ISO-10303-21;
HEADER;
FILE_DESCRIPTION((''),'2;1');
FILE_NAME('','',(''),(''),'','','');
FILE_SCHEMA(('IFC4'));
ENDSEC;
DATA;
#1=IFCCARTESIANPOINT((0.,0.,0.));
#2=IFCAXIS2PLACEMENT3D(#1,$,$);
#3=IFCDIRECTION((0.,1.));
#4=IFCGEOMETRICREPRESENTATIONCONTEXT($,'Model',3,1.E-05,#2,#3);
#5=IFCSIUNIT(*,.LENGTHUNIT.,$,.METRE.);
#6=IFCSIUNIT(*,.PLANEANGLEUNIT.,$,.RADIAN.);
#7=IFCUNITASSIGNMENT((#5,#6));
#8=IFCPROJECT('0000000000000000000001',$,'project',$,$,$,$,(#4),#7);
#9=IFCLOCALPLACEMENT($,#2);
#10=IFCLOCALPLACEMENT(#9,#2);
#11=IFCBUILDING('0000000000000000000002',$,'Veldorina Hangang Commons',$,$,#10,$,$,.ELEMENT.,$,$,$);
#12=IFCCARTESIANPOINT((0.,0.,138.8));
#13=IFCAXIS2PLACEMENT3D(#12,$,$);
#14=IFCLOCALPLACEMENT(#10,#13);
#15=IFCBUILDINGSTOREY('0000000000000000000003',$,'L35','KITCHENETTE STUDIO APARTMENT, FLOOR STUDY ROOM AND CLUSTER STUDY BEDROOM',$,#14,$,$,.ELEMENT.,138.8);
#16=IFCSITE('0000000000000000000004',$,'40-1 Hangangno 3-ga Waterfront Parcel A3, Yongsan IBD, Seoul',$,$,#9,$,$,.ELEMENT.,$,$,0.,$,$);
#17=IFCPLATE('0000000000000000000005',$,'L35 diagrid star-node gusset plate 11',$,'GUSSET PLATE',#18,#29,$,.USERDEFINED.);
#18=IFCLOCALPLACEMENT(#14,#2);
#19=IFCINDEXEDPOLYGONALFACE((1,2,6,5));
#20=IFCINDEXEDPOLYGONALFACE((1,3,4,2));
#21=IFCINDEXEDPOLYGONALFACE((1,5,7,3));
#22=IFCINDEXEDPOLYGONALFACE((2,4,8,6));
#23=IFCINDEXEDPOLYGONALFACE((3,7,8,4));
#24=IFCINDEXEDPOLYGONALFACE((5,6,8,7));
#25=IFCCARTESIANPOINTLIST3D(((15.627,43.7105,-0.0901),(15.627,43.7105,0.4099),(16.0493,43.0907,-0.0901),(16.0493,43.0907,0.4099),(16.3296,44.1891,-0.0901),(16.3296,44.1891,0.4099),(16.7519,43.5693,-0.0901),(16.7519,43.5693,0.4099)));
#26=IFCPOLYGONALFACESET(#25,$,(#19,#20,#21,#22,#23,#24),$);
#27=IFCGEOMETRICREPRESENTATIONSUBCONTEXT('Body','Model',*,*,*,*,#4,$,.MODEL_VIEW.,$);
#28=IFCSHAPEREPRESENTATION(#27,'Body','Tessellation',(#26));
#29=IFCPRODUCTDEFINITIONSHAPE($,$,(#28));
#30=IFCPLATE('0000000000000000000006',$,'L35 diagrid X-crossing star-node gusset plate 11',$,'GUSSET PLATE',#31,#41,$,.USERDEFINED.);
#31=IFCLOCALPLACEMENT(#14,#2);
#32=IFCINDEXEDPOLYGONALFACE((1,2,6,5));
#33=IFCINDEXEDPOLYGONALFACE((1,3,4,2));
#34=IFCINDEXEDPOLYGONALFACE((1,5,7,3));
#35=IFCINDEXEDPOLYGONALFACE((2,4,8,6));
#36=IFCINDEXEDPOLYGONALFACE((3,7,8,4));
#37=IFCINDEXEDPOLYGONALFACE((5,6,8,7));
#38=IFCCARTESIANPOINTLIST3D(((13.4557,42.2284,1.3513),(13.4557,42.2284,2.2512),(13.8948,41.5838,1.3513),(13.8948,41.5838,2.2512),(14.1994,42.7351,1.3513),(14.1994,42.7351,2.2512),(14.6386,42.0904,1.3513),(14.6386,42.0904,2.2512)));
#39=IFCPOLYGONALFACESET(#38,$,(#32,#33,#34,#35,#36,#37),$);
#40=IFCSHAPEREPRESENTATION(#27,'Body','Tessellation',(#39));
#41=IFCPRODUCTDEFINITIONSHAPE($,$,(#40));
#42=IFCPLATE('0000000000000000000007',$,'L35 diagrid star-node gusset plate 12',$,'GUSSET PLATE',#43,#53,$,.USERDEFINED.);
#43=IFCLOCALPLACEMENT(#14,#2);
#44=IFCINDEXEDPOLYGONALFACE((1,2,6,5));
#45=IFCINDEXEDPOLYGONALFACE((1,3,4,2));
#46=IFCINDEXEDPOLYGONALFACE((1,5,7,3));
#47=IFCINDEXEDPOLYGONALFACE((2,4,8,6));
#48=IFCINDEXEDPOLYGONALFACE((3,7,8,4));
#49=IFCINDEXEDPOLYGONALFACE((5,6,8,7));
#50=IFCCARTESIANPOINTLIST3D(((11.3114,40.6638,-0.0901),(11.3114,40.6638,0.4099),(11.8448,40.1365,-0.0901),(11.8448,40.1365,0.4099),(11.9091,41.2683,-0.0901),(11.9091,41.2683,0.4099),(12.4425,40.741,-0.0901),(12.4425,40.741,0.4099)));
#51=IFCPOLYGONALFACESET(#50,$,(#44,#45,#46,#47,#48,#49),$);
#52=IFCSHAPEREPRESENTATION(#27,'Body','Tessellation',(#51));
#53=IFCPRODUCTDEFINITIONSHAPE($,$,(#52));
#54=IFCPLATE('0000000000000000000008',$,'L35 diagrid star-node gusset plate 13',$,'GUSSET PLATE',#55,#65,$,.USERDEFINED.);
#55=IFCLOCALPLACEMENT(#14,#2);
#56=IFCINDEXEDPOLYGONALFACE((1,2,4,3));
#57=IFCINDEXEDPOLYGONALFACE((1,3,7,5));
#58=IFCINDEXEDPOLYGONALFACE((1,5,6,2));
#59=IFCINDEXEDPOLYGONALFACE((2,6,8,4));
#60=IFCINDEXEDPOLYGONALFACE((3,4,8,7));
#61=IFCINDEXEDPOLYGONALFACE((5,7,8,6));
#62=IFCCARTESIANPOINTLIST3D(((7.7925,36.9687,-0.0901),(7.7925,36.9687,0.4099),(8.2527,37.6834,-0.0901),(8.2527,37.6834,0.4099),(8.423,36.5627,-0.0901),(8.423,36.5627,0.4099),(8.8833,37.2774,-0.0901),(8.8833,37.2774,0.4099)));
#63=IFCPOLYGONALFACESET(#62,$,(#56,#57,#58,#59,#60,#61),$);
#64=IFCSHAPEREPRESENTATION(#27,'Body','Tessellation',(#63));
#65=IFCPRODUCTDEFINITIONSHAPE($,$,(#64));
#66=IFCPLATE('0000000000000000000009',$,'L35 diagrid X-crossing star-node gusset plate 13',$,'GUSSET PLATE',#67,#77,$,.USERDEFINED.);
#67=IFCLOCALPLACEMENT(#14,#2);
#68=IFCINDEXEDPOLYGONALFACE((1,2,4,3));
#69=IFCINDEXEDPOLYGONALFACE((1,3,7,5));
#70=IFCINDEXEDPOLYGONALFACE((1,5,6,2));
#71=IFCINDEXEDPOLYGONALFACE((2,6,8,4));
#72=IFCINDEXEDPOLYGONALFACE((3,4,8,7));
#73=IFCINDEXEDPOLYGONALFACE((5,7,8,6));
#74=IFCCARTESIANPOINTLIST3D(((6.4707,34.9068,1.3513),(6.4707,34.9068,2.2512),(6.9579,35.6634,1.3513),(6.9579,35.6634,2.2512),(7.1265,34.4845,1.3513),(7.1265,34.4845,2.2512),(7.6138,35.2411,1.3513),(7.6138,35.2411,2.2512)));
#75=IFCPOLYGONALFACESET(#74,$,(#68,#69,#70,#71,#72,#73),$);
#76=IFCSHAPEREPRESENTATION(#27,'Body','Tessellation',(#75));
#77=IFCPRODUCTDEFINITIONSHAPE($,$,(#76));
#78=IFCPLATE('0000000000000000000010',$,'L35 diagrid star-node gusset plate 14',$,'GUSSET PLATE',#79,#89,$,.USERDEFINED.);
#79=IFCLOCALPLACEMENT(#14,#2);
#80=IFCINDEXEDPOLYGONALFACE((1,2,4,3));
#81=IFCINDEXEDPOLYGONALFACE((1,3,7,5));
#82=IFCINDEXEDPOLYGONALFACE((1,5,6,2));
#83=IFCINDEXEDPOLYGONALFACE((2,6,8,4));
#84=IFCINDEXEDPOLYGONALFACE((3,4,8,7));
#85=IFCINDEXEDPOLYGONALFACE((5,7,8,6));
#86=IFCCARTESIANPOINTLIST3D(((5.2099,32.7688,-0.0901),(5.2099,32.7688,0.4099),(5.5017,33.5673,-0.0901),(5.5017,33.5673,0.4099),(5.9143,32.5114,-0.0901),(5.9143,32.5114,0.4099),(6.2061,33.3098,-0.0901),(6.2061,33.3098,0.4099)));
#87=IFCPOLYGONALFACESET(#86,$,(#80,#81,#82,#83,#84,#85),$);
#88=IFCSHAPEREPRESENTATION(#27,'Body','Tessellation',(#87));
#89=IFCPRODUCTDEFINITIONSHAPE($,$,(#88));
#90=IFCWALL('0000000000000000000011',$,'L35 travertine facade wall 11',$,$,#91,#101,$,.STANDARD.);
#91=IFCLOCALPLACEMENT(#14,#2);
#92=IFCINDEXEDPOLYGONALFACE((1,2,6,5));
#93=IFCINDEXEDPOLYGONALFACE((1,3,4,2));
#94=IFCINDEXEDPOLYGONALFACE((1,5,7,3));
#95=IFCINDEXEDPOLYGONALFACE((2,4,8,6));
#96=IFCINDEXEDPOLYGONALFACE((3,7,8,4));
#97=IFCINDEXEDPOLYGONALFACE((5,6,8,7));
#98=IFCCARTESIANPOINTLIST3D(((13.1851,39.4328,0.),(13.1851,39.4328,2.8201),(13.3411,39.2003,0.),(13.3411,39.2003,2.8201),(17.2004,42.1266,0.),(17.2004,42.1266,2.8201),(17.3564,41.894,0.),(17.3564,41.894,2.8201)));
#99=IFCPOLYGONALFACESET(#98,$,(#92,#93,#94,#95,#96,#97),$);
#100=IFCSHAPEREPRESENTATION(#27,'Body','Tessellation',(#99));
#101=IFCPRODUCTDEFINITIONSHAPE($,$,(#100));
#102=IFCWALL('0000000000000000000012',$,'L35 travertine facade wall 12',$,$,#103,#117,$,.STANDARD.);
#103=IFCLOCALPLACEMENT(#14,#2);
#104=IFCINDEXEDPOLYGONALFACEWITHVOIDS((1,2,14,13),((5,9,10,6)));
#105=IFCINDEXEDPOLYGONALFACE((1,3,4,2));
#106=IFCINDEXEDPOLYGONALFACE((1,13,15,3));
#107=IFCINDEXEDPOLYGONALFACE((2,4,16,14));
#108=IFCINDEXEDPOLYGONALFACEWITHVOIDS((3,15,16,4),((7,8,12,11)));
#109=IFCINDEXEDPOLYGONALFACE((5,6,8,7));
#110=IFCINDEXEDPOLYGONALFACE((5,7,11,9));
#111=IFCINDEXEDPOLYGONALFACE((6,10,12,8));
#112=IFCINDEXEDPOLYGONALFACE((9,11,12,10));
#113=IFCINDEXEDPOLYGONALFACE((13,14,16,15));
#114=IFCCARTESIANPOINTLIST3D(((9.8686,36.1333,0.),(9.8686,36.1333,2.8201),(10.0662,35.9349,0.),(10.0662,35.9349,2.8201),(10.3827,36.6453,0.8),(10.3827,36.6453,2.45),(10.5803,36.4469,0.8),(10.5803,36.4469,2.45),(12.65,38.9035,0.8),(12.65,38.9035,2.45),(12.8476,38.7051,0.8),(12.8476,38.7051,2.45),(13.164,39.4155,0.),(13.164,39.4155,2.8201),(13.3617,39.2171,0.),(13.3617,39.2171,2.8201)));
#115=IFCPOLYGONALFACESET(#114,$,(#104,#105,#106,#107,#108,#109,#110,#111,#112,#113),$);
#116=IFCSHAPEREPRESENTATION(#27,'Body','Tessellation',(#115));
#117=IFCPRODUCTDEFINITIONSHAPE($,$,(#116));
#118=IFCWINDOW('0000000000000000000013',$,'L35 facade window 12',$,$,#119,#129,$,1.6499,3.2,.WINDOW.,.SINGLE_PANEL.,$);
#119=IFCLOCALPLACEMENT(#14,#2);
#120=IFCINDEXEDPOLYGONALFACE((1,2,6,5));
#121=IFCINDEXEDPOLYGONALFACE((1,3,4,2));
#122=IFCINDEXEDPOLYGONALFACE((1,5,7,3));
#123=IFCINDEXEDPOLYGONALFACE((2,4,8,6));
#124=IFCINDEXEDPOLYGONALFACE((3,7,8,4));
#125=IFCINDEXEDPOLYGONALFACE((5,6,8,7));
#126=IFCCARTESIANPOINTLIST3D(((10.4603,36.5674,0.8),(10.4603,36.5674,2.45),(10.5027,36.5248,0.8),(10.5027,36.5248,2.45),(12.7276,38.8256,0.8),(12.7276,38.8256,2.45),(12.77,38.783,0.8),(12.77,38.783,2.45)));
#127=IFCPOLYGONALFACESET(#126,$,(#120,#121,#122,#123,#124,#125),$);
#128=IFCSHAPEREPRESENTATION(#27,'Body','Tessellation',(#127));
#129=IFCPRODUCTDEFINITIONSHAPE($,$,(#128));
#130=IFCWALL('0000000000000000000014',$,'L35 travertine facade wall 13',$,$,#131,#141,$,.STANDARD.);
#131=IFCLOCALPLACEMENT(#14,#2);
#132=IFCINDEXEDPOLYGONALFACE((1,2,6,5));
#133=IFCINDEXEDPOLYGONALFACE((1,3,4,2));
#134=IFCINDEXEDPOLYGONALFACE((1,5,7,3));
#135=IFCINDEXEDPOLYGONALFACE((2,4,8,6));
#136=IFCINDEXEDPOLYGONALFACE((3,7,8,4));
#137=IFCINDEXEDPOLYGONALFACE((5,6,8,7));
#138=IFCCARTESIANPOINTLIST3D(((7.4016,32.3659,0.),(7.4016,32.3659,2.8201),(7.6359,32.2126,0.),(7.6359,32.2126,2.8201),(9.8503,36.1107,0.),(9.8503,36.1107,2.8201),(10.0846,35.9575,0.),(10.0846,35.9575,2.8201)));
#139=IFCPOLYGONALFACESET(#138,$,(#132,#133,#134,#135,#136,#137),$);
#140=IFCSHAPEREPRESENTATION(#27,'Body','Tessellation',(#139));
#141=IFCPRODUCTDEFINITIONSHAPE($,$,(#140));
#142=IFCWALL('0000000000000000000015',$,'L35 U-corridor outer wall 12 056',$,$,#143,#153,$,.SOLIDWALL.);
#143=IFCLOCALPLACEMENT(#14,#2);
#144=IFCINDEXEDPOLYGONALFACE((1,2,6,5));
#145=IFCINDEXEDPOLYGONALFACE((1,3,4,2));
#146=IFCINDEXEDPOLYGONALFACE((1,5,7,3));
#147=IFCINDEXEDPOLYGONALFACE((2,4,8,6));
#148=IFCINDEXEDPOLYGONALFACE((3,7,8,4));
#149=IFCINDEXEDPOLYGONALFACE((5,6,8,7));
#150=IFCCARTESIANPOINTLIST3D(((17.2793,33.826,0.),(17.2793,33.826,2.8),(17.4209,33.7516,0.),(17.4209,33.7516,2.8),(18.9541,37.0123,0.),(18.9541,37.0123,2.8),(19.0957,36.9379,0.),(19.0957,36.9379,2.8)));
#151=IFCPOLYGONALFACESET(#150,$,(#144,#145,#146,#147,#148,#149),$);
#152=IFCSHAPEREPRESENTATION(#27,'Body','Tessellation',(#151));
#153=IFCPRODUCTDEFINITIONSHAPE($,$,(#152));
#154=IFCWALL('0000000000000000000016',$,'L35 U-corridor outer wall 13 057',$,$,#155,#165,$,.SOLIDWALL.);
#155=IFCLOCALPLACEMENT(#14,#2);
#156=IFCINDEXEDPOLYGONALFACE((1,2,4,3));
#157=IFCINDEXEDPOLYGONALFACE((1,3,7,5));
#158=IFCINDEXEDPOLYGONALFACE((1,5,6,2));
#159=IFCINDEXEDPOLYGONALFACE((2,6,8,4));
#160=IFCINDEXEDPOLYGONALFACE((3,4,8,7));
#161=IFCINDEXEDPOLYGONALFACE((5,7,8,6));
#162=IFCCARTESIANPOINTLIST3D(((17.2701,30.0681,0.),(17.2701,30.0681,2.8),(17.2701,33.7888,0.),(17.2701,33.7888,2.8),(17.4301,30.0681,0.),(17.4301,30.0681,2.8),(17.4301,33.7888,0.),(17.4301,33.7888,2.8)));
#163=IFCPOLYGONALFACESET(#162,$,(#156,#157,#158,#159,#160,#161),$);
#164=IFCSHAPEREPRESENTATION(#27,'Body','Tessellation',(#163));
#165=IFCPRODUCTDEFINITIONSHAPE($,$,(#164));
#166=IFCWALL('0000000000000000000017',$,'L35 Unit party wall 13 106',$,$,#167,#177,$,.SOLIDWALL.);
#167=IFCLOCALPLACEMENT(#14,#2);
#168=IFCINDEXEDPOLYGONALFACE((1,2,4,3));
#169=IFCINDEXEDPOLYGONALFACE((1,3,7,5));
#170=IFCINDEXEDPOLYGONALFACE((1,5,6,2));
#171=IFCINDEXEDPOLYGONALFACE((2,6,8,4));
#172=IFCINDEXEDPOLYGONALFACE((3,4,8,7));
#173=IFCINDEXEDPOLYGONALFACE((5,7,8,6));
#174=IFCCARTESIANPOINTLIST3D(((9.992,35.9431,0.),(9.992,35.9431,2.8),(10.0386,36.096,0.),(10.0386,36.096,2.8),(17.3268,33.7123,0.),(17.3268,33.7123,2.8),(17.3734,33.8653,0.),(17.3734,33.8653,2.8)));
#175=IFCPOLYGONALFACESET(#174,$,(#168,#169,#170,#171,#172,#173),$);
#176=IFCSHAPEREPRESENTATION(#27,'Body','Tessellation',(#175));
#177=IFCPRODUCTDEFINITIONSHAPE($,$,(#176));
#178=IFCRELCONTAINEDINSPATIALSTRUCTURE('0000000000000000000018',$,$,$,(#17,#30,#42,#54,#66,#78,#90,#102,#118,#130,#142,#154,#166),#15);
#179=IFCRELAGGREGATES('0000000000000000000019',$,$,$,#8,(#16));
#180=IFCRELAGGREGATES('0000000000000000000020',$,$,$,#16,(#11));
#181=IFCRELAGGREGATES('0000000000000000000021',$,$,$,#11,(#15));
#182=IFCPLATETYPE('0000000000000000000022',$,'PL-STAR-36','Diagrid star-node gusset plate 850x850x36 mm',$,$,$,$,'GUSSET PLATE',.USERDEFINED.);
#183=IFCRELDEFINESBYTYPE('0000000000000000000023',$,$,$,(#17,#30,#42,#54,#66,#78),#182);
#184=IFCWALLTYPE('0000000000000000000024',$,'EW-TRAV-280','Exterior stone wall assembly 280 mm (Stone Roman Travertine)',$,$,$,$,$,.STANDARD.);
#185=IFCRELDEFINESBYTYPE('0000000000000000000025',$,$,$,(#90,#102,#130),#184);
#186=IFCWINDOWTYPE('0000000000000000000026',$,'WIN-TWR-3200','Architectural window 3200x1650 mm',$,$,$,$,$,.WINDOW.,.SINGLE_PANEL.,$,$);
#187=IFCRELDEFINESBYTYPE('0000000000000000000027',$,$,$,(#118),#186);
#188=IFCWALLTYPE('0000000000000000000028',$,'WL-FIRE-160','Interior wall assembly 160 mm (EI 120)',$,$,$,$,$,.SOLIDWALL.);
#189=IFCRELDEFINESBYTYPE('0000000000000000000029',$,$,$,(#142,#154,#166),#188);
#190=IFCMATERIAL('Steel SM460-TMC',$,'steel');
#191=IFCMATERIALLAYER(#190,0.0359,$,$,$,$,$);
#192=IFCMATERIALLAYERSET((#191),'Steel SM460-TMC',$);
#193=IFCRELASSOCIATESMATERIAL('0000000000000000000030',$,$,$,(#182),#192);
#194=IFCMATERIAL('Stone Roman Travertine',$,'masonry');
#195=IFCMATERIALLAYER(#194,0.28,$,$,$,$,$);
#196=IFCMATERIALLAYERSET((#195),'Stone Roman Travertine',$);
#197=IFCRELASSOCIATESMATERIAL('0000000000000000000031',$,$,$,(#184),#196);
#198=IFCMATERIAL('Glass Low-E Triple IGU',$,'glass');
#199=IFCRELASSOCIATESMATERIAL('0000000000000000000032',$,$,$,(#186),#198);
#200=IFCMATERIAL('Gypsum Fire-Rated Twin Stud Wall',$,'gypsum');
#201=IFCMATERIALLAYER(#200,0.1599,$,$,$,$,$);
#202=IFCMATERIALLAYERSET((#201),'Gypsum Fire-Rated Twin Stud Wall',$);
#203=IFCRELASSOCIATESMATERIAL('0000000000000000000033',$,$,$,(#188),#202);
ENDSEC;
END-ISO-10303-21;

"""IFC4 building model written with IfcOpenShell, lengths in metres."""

from ifc_helpers import new_model, si_unit, direction, frame, frame_2d, origin, origin_2d, place, context, subcontext, project, spatial, rectangle, extrude, material, layer, layer_set, type_object, element, fill, save


model = new_model("IFC4")

# Units and contexts
model_context = context("Model", 3, precision=1e-05, world=origin(), true_north=direction((0.0, 1.0)))
body_context = subcontext(model_context, "Body", "Model", "MODEL_VIEW")
ifc_project = project(units=[si_unit("LENGTHUNIT", "METRE"), si_unit("PLANEANGLEUNIT", "RADIAN")], contexts=[model_context])

# Site, building, storey
site_placement = place(None, origin())
site = spatial("IfcSite", under=ifc_project, at=site_placement, Name="40-1 Hangangno 3-ga Waterfront Parcel A3, Yongsan IBD, Seoul", CompositionType="ELEMENT", RefElevation=0.0)
building_placement = place(site_placement, origin())
building = spatial("IfcBuilding", under=site, at=building_placement, Name="Veldorina Hangang Commons", CompositionType="ELEMENT")
storey_placement = place(building_placement, frame((0.0, 0.0, 138.8)))
storey = spatial("IfcBuildingStorey", under=building, at=storey_placement, Name="L35", Description="KITCHENETTE STUDIO APARTMENT, FLOOR STUDY ROOM AND CLUSTER STUDY BEDROOM", CompositionType="ELEMENT", Elevation=138.8)

# Plates
ifc_material_1 = material(Name="Steel SM460-TMC", Category="steel")
ifc_layer_1 = layer(ifc_material_1, 0.0359)
ifc_layer_set_1 = layer_set([ifc_layer_1], Name="Steel SM460-TMC")
plate_type = type_object("IfcPlateType", Name="PL-STAR-36", Description="Diagrid star-node gusset plate 850x850x36 mm", ElementType="GUSSET PLATE", PredefinedType="USERDEFINED", material=ifc_layer_set_1)
plate_1_placement = place(storey_placement, frame((16.1895, 43.6399, -0.0901), z_axis=(0.0, 0.0, 1.0), x_axis=(-0.826472, -0.562978, 0.0)))
element("IfcPlate", 1, at=plate_1_placement, inside=storey, type_object=plate_type, Name="L35 diagrid star-node gusset plate 11", ObjectType="GUSSET PLATE", PredefinedType="USERDEFINED", context=body_context, shape_type="SweptSolid", body=[
    extrude(rectangle(XDim=0.8501, YDim=0.75, at=origin_2d()), origin(), (0.0, 0.0, 1.0), 0.5),
])
plate_2_placement = place(storey_placement, frame((14.0471, 42.1594, 1.3513), z_axis=(0.0, 0.0, 1.0), x_axis=(-0.826472, -0.562978, 0.0)))
element("IfcPlate", 2, at=plate_2_placement, inside=storey, type_object=plate_type, Name="L35 diagrid X-crossing star-node gusset plate 11", ObjectType="GUSSET PLATE", PredefinedType="USERDEFINED", context=body_context, shape_type="SweptSolid", body=[
    extrude(rectangle(XDim=0.8999, YDim=0.78, at=origin_2d()), origin(), (0.0, 0.0, 1.0), 0.8999),
])
for number, where, z_axis, x_axis, name in (
    (3, (11.877, 40.7024, -0.0901), (0.0, 0.0, 1.0), (-0.703097, -0.711094, 0.0), "L35 diagrid star-node gusset plate 12"),
    (4, (8.3379, 37.123, -0.0901), (0.0, 0.0, 1.0), (-0.541429, -0.840746, 0.0), "L35 diagrid star-node gusset plate 13"),
):
    element("IfcPlate", number, at=place(storey_placement, frame(where, z_axis=z_axis, x_axis=x_axis)), inside=storey, type_object=plate_type, Name=name, ObjectType="GUSSET PLATE", PredefinedType="USERDEFINED", context=body_context, shape_type="SweptSolid", body=[
        extrude(rectangle(XDim=0.8501, YDim=0.75, at=origin_2d()), origin(), (0.0, 0.0, 1.0), 0.5),
    ])
plate_3_placement = place(storey_placement, frame((7.0422, 35.074, 1.3513), z_axis=(0.0, 0.0, 1.0), x_axis=(-0.541429, -0.840746, 0.0)))
element("IfcPlate", 5, at=plate_3_placement, inside=storey, type_object=plate_type, Name="L35 diagrid X-crossing star-node gusset plate 13", ObjectType="GUSSET PLATE", PredefinedType="USERDEFINED", context=body_context, shape_type="SweptSolid", body=[
    extrude(rectangle(XDim=0.8999, YDim=0.78, at=origin_2d()), origin(), (0.0, 0.0, 1.0), 0.8999),
])
plate_4_placement = place(storey_placement, frame((5.708, 33.0393, -0.0901), z_axis=(0.0, 0.0, 1.0), x_axis=(-0.343283, -0.939232, 0.0)))
element("IfcPlate", 6, at=plate_4_placement, inside=storey, type_object=plate_type, Name="L35 diagrid star-node gusset plate 14", ObjectType="GUSSET PLATE", PredefinedType="USERDEFINED", context=body_context, shape_type="SweptSolid", body=[
    extrude(rectangle(XDim=0.8501, YDim=0.75, at=origin_2d()), origin(), (0.0, 0.0, 1.0), 0.5),
])

# Wall
ifc_material_2 = material(Name="Stone Roman Travertine", Category="masonry")
ifc_layer_2 = layer(ifc_material_2, 0.28)
ifc_layer_set_2 = layer_set([ifc_layer_2], Name="Stone Roman Travertine")
wall_type_1 = type_object("IfcWallType", Name="EW-TRAV-280", Description="Exterior stone wall assembly 280 mm (Stone Roman Travertine)", PredefinedType="STANDARD", material=ifc_layer_set_2)
wall_1_placement = place(storey_placement, frame((17.2783, 42.0103, 0.0), z_axis=(0.0, 0.0, 1.0), x_axis=(-0.830431, -0.557121, 0.0)))
element("IfcWall", 7, at=wall_1_placement, inside=storey, type_object=wall_type_1, Name="L35 travertine facade wall 11", PredefinedType="STANDARD", context=body_context, shape_type="SweptSolid", body=[
    extrude(rectangle(XDim=4.8352, YDim=0.28, at=frame_2d((2.4175, 0.0))), origin(), (0.0, 0.0, 1.0), 2.8201),
])

# Wall, opening, window
wall_2_placement = place(storey_placement, frame((13.2629, 39.3164, 0.0), z_axis=(0.0, 0.0, 1.0), x_axis=(-0.708523, -0.705688, 0.0)))
wall_2 = element("IfcWall", 8, at=wall_2_placement, inside=storey, type_object=wall_type_1, Name="L35 travertine facade wall 12", PredefinedType="STANDARD", context=body_context, shape_type="SweptSolid", body=[
    extrude(rectangle(XDim=4.6511, YDim=0.28, at=frame_2d((2.3257, 0.0))), origin(), (0.0, 0.0, 1.0), 2.8201),
])
opening_1_placement = place(wall_2_placement, frame((0.7256, 0.0, 0.8)))
opening_1 = element("IfcOpeningElement", 9, at=opening_1_placement, cuts=wall_2, PredefinedType="OPENING", context=body_context, shape_type="SweptSolid", body=[
    extrude(rectangle(XDim=3.2, YDim=1.6499, at=frame_2d((1.6001, 0.825))), frame((0.0, 0.1499, 0.0), z_axis=(0.0, -1.0, 0.0), x_axis=(1.0, 0.0, 0.0)), (0.0, 0.0, 1.0), 0.3),
])
ifc_material_3 = material(Name="Glass Low-E Triple IGU", Category="glass")
window_type = type_object("IfcWindowType", Name="WIN-TWR-3200", Description="Architectural window 3200x1650 mm", PartitioningType="SINGLE_PANEL", PredefinedType="WINDOW", material=ifc_material_3)
window_placement = place(opening_1_placement, origin())
window = element("IfcWindow", 10, at=window_placement, inside=storey, type_object=window_type, Name="L35 facade window 12", OverallHeight=1.6499, OverallWidth=3.2, PartitioningType="SINGLE_PANEL", PredefinedType="WINDOW", context=body_context, shape_type="SweptSolid", body=[
    extrude(rectangle(XDim=3.2, YDim=1.6499, at=frame_2d((1.6001, 0.825))), frame((0.0, 0.03, 0.0), z_axis=(0.0, -1.0, 0.0), x_axis=(1.0, 0.0, 0.0)), (0.0, 0.0, 1.0), 0.0601),
])
fill(opening_1, window)

# Walls
wall_3_placement = place(storey_placement, frame((9.9675, 36.0342, 0.0), z_axis=(0.0, 0.0, 1.0), x_axis=(-0.547274, -0.836953, 0.0)))
element("IfcWall", 11, at=wall_3_placement, inside=storey, type_object=wall_type_1, Name="L35 travertine facade wall 13", PredefinedType="STANDARD", context=body_context, shape_type="SweptSolid", body=[
    extrude(rectangle(XDim=4.4744, YDim=0.28, at=frame_2d((2.2373, 0.0))), origin(), (0.0, 0.0, 1.0), 2.8201),
])
ifc_material_4 = material(Name="Gypsum Fire-Rated Twin Stud Wall", Category="gypsum")
ifc_layer_3 = layer(ifc_material_4, 0.1599)
ifc_layer_set_3 = layer_set([ifc_layer_3], Name="Gypsum Fire-Rated Twin Stud Wall")
wall_type_2 = type_object("IfcWallType", Name="WL-FIRE-160", Description="Interior wall assembly 160 mm (EI 120)", PredefinedType="SOLIDWALL", material=ifc_layer_set_3)
wall_4_placement = place(storey_placement, frame((19.0249, 36.9751, 0.0), z_axis=(0.0, 0.0, 1.0), x_axis=(-0.465271, -0.885168, 0.0)))
element("IfcWall", 12, at=wall_4_placement, inside=storey, type_object=wall_type_2, Name="L35 U-corridor outer wall 12 056", PredefinedType="SOLIDWALL", context=body_context, shape_type="SweptSolid", body=[
    extrude(rectangle(XDim=3.5996, YDim=0.1599, at=frame_2d((1.7998, 0.0))), origin(), (0.0, 0.0, 1.0), 2.8),
])
wall_5_placement = place(storey_placement, frame((17.3501, 33.7888, 0.0), z_axis=(0.0, 0.0, 1.0), x_axis=(0.0, -1.0, 0.0)))
element("IfcWall", 13, at=wall_5_placement, inside=storey, type_object=wall_type_2, Name="L35 U-corridor outer wall 13 057", PredefinedType="SOLIDWALL", context=body_context, shape_type="SweptSolid", body=[
    extrude(rectangle(XDim=3.7207, YDim=0.1599, at=frame_2d((1.8604, 0.0))), origin(), (0.0, 0.0, 1.0), 2.8),
])
wall_6_placement = place(storey_placement, frame((17.3501, 33.7888, 0.0), z_axis=(0.0, 0.0, 1.0), x_axis=(-0.956732, 0.290972, 0.0)))
element("IfcWall", 14, at=wall_6_placement, inside=storey, type_object=wall_type_2, Name="L35 Unit party wall 13 106", PredefinedType="SOLIDWALL", context=body_context, shape_type="SweptSolid", body=[
    extrude(rectangle(XDim=7.6665, YDim=0.1599, at=frame_2d((3.8333, 0.0))), origin(), (0.0, 0.0, 1.0), 2.8),
])

save(model, "model.ifc")
